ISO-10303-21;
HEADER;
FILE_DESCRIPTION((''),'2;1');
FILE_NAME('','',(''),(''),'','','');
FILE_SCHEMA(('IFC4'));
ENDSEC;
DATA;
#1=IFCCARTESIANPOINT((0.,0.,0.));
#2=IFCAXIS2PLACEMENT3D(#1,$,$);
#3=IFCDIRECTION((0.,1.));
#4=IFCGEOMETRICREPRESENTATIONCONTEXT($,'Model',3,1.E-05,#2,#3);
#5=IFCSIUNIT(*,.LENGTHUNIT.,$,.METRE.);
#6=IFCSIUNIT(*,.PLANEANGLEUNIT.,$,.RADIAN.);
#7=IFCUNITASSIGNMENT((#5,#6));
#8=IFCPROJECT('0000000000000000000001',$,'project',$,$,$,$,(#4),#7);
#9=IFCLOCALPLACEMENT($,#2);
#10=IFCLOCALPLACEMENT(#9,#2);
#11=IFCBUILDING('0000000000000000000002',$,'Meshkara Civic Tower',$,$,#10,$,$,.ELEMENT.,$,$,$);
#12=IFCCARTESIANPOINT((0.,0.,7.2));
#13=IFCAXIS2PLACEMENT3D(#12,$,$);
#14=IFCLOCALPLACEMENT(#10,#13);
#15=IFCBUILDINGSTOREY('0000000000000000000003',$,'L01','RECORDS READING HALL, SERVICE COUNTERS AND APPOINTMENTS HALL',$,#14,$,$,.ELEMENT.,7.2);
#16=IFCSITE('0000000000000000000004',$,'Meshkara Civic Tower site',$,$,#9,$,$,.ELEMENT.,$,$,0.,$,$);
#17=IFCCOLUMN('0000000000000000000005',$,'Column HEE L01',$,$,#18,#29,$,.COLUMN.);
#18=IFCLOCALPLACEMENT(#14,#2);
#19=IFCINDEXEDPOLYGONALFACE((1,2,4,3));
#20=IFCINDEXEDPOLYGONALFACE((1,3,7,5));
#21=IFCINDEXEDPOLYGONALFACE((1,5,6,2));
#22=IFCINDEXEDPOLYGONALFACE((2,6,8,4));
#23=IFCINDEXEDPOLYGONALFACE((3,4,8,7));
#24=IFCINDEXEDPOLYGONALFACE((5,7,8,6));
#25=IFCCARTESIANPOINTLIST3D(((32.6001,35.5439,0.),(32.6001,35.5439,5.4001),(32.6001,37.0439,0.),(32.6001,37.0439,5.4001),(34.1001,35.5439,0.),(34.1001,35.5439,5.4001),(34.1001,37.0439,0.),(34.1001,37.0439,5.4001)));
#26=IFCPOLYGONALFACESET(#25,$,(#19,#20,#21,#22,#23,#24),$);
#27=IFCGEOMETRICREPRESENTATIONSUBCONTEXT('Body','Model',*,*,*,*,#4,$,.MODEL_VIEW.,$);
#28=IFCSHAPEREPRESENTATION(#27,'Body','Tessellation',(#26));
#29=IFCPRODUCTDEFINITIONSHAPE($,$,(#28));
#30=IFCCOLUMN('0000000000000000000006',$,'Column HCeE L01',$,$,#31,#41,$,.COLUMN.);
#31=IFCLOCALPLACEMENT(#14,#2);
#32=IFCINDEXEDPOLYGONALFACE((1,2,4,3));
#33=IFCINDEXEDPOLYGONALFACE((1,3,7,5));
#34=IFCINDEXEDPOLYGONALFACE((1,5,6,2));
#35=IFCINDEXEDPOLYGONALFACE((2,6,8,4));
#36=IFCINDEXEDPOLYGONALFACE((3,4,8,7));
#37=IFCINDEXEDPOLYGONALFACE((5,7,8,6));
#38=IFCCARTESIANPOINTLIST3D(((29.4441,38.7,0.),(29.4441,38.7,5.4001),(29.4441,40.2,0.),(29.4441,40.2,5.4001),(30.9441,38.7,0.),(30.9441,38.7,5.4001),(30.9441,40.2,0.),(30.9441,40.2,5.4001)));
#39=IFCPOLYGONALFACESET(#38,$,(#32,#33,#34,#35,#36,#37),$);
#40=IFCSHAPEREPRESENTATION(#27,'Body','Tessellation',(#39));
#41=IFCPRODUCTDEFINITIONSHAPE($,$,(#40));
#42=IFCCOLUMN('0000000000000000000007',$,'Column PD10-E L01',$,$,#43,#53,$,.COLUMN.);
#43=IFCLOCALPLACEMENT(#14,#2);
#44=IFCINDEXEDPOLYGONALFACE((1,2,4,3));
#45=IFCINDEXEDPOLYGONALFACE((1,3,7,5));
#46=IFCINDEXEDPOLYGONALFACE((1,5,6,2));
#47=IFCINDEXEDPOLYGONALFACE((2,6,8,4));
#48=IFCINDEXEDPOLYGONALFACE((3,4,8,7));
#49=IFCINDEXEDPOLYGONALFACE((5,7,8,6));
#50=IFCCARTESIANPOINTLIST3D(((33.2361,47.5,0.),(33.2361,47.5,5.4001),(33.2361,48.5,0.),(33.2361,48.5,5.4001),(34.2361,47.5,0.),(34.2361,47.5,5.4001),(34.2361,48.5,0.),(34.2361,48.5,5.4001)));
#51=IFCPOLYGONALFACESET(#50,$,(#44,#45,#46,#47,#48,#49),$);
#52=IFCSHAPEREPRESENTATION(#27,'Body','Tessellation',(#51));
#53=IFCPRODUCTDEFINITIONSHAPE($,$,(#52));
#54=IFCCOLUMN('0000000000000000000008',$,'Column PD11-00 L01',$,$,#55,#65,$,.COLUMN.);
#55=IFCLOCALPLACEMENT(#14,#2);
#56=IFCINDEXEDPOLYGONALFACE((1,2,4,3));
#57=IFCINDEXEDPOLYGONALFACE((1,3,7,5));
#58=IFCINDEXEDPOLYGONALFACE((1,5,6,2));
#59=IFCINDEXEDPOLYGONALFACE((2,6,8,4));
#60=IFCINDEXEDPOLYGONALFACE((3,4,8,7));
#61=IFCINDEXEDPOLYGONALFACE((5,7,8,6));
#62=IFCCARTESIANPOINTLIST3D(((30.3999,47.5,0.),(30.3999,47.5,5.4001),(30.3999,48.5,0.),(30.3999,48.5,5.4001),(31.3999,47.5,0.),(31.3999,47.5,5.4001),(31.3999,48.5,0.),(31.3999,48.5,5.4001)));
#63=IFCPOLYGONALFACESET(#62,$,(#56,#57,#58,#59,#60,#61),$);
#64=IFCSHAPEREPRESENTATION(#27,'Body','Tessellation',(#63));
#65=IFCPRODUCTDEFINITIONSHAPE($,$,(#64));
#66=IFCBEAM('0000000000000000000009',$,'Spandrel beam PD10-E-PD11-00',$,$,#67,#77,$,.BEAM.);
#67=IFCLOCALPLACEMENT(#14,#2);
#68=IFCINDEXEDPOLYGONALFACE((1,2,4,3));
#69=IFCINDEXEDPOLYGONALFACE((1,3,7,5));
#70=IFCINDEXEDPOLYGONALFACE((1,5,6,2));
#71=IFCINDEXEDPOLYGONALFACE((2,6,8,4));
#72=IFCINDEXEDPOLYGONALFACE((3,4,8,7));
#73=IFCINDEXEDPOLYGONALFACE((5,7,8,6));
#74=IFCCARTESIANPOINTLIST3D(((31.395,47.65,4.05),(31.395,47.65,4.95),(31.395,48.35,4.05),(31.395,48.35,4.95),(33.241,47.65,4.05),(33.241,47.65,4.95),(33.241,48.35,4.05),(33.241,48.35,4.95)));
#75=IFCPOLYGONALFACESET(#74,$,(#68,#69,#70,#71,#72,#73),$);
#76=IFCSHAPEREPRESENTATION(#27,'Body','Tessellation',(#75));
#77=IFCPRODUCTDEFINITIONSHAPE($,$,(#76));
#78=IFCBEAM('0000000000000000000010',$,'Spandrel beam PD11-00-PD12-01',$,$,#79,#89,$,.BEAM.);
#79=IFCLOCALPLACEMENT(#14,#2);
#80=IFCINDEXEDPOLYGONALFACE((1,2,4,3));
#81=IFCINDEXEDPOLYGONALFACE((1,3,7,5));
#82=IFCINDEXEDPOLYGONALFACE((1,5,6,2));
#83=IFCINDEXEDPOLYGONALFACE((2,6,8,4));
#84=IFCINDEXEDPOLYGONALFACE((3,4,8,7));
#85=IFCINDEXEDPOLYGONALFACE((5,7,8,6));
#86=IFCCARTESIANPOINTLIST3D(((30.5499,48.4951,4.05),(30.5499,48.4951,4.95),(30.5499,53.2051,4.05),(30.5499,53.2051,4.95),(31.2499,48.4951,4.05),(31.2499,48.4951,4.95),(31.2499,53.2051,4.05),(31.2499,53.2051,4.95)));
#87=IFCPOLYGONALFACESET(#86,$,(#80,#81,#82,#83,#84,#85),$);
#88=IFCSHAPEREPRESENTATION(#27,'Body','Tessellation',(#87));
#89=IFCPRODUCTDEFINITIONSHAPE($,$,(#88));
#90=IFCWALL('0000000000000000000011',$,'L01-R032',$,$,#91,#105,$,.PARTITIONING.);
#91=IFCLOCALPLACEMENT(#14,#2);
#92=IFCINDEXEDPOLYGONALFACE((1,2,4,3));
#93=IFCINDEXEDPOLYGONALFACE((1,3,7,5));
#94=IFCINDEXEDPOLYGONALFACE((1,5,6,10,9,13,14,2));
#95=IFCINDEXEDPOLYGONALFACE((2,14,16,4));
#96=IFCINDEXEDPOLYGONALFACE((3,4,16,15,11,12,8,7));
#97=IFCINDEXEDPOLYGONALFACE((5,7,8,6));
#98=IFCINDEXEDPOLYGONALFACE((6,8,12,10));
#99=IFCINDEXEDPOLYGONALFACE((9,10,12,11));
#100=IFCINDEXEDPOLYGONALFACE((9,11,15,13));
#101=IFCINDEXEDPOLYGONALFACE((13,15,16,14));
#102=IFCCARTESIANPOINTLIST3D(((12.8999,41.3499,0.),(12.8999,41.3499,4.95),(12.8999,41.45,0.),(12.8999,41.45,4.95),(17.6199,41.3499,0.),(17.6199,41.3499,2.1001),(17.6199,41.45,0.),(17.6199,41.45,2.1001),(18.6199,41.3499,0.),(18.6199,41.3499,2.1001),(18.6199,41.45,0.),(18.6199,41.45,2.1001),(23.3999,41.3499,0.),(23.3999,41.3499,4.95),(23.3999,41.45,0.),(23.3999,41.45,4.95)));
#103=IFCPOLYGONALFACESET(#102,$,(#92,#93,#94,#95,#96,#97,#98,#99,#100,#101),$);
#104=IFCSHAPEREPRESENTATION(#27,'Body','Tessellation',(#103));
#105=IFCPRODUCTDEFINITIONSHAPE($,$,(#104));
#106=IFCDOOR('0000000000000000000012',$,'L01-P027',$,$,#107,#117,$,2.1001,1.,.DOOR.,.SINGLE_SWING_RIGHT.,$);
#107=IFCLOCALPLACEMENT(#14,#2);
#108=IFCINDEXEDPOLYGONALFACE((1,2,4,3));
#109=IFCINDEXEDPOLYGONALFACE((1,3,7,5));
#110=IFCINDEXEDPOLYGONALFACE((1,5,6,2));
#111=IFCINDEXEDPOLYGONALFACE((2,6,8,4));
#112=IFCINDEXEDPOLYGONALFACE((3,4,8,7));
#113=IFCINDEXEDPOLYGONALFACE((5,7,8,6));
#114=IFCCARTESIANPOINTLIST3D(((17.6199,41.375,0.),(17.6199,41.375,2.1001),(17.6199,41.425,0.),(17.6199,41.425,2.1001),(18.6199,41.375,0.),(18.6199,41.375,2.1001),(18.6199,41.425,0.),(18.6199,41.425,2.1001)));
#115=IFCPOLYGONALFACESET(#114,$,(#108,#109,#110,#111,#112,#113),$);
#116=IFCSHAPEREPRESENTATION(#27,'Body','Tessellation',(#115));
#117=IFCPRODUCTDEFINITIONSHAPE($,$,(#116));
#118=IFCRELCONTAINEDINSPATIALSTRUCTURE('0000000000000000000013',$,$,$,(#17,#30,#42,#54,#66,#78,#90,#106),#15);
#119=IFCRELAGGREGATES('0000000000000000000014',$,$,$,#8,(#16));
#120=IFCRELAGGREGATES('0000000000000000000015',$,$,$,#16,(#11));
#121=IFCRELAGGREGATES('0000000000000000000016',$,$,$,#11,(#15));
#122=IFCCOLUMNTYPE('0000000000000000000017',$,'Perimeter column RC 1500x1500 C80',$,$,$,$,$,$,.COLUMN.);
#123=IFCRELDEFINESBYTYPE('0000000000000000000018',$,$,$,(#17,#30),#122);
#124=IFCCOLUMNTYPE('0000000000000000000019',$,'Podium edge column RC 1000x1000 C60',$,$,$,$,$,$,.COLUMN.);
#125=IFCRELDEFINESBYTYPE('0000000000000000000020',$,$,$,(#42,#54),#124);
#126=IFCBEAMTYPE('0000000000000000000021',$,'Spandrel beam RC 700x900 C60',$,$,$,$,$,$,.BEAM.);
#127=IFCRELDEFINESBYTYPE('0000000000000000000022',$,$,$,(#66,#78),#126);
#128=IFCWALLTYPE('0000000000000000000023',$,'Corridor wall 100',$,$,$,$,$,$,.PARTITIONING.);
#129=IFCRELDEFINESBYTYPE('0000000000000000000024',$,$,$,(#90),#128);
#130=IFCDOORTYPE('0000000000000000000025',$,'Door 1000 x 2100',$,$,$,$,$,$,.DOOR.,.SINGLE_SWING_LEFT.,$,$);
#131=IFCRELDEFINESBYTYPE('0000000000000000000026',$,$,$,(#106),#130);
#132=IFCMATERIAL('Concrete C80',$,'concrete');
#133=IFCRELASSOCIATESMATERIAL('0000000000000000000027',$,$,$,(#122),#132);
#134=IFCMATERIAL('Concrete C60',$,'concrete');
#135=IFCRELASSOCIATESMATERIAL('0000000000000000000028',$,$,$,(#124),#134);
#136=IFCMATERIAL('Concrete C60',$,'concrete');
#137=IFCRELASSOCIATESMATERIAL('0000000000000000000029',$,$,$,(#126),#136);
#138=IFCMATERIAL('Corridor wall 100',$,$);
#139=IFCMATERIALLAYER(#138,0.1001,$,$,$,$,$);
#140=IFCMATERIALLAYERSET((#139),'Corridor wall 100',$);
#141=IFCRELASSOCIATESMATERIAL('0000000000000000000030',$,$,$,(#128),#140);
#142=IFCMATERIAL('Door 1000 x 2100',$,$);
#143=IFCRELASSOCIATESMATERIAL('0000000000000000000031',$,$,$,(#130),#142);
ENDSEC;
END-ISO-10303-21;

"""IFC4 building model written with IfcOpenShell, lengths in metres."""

from ifc_helpers import new_model, si_unit, direction, frame, frame_2d, origin, origin_2d, place, context, subcontext, project, spatial, rectangle, extrude, material, layer, layer_set, material_profile, profile_set, type_object, element, fill, save


model = new_model("IFC4")

# Units and contexts
model_context = context("Model", 3, precision=1e-05, world=origin(), true_north=direction((0.0, 1.0)))
body_context = subcontext(model_context, "Body", "Model", "MODEL_VIEW")
ifc_project = project(units=[si_unit("LENGTHUNIT", "METRE"), si_unit("PLANEANGLEUNIT", "RADIAN")], contexts=[model_context])

# Site, building, storey
site_placement = place(None, origin())
site = spatial("IfcSite", under=ifc_project, at=site_placement, Name="Meshkara Civic Tower site", CompositionType="ELEMENT", RefElevation=0.0)
building_placement = place(site_placement, origin())
building = spatial("IfcBuilding", under=site, at=building_placement, Name="Meshkara Civic Tower", CompositionType="ELEMENT")
storey_placement = place(building_placement, frame((0.0, 0.0, 7.2)))
storey = spatial("IfcBuildingStorey", under=building, at=storey_placement, Name="L01", Description="RECORDS READING HALL, SERVICE COUNTERS AND APPOINTMENTS HALL", CompositionType="ELEMENT", Elevation=7.2)

# Columns
ifc_material_1 = material(Name="Concrete C80", Category="concrete")
ifc_material_profile_1 = material_profile(ifc_material_1, rectangle(XDim=1.5, YDim=1.5, at=origin_2d()))
ifc_profile_set_1 = profile_set([ifc_material_profile_1], Name="Concrete C80")
column_type_1 = type_object("IfcColumnType", Name="Perimeter column RC 1500x1500 C80", PredefinedType="COLUMN", material=ifc_profile_set_1)
for number, where, z_axis, x_axis, name in (
    (1, (33.3501, 36.2939, 0.0), (0.0, 0.0, 1.0), (1.0, 0.0, 0.0), "Column HEE L01"),
    (2, (30.1941, 39.45, 0.0), (0.0, 0.0, 1.0), (1.0, 0.0, 0.0), "Column HCeE L01"),
):
    element("IfcColumn", number, at=place(storey_placement, frame(where, z_axis=z_axis, x_axis=x_axis)), inside=storey, type_object=column_type_1, Name=name, PredefinedType="COLUMN", context=body_context, shape_type="SweptSolid", body=[
        extrude(rectangle(XDim=1.5, YDim=1.5, at=origin_2d()), origin(), (0.0, 0.0, 1.0), 5.4001),
    ])
ifc_material_2 = material(Name="Concrete C60", Category="concrete")
ifc_material_profile_2 = material_profile(ifc_material_2, rectangle(XDim=1.0, YDim=1.0, at=origin_2d()))
ifc_profile_set_2 = profile_set([ifc_material_profile_2], Name="Concrete C60")
column_type_2 = type_object("IfcColumnType", Name="Podium edge column RC 1000x1000 C60", PredefinedType="COLUMN", material=ifc_profile_set_2)
for number, where, z_axis, x_axis, name in (
    (3, (33.7361, 48.0, 0.0), (0.0, 0.0, 1.0), (1.0, 0.0, 0.0), "Column PD10-E L01"),
    (4, (30.8999, 48.0, 0.0), (0.0, 0.0, 1.0), (1.0, 0.0, 0.0), "Column PD11-00 L01"),
):
    element("IfcColumn", number, at=place(storey_placement, frame(where, z_axis=z_axis, x_axis=x_axis)), inside=storey, type_object=column_type_2, Name=name, PredefinedType="COLUMN", context=body_context, shape_type="SweptSolid", body=[
        extrude(rectangle(XDim=1.0, YDim=1.0, at=origin_2d()), origin(), (0.0, 0.0, 1.0), 5.4001),
    ])

# Beams
ifc_material_3 = material(Name="Concrete C60", Category="concrete")
ifc_material_profile_3 = material_profile(ifc_material_3, rectangle(XDim=0.7, YDim=0.8999, at=origin_2d()))
ifc_profile_set_3 = profile_set([ifc_material_profile_3], Name="Concrete C60")
beam_type = type_object("IfcBeamType", Name="Spandrel beam RC 700x900 C60", PredefinedType="BEAM", material=ifc_profile_set_3)
beam_1_placement = place(storey_placement, frame((33.241, 48.0, 4.5), z_axis=(-1.0, 0.0, 0.0), x_axis=(0.0, -1.0, 0.0)))
element("IfcBeam", 5, at=beam_1_placement, inside=storey, type_object=beam_type, Name="Spandrel beam PD10-E-PD11-00", PredefinedType="BEAM", context=body_context, shape_type="SweptSolid", body=[
    extrude(rectangle(XDim=0.7, YDim=0.8999, at=origin_2d()), origin(), (0.0, 0.0, 1.0), 1.8459),
])
beam_2_placement = place(storey_placement, frame((30.8999, 48.4951, 4.5), z_axis=(0.0, 1.0, 0.0), x_axis=(-1.0, 0.0, 0.0)))
element("IfcBeam", 6, at=beam_2_placement, inside=storey, type_object=beam_type, Name="Spandrel beam PD11-00-PD12-01", PredefinedType="BEAM", context=body_context, shape_type="SweptSolid", body=[
    extrude(rectangle(XDim=0.7, YDim=0.8999, at=origin_2d()), origin(), (0.0, 0.0, 1.0), 4.71),
])

# Wall, opening, door
ifc_material_4 = material(Name="Corridor wall 100")
ifc_layer_1 = layer(ifc_material_4, 0.1001)
ifc_layer_set_1 = layer_set([ifc_layer_1], Name="Corridor wall 100")
wall_type_1 = type_object("IfcWallType", Name="Corridor wall 100", PredefinedType="PARTITIONING", material=ifc_layer_set_1)
wall_1_placement = place(storey_placement, frame((23.3999, 41.3999, 0.0), z_axis=(0.0, 0.0, 1.0), x_axis=(-1.0, 0.0, 0.0)))
wall_1 = element("IfcWall", 7, at=wall_1_placement, inside=storey, type_object=wall_type_1, Name="L01-R032", PredefinedType="PARTITIONING", context=body_context, shape_type="SweptSolid", body=[
    extrude(rectangle(XDim=10.5, YDim=0.1001, at=frame_2d((5.25, 0.0))), origin(), (0.0, 0.0, 1.0), 4.95),
])
opening_1_placement = place(wall_1_placement, frame((4.78, 0.0, 0.0)))
opening_1 = element("IfcOpeningElement", 8, at=opening_1_placement, cuts=wall_1, PredefinedType="OPENING", context=body_context, shape_type="SweptSolid", body=[
    extrude(rectangle(XDim=1.0, YDim=2.1001, at=frame_2d((0.5, 1.05))), frame((0.0, 0.0601, 0.0), z_axis=(0.0, -1.0, 0.0), x_axis=(1.0, 0.0, 0.0)), (0.0, 0.0, 1.0), 0.1201),
])
ifc_material_5 = material(Name="Door 1000 x 2100")
door_type_1 = type_object("IfcDoorType", Name="Door 1000 x 2100", OperationType="SINGLE_SWING_LEFT", PredefinedType="DOOR", material=ifc_material_5)
door_1_placement = place(opening_1_placement, origin())
door_1 = element("IfcDoor", 9, at=door_1_placement, inside=storey, type_object=door_type_1, Name="L01-P027", OperationType="SINGLE_SWING_RIGHT", OverallHeight=2.1001, OverallWidth=1.0, PredefinedType="DOOR", context=body_context, shape_type="SweptSolid", body=[
    extrude(rectangle(XDim=1.0, YDim=2.1001, at=frame_2d((0.5, 1.05))), frame((0.0, 0.0249, 0.0), z_axis=(0.0, -1.0, 0.0), x_axis=(1.0, 0.0, 0.0)), (0.0, 0.0, 1.0), 0.05),
])
fill(opening_1, door_1)

save(model, "model.ifc")
